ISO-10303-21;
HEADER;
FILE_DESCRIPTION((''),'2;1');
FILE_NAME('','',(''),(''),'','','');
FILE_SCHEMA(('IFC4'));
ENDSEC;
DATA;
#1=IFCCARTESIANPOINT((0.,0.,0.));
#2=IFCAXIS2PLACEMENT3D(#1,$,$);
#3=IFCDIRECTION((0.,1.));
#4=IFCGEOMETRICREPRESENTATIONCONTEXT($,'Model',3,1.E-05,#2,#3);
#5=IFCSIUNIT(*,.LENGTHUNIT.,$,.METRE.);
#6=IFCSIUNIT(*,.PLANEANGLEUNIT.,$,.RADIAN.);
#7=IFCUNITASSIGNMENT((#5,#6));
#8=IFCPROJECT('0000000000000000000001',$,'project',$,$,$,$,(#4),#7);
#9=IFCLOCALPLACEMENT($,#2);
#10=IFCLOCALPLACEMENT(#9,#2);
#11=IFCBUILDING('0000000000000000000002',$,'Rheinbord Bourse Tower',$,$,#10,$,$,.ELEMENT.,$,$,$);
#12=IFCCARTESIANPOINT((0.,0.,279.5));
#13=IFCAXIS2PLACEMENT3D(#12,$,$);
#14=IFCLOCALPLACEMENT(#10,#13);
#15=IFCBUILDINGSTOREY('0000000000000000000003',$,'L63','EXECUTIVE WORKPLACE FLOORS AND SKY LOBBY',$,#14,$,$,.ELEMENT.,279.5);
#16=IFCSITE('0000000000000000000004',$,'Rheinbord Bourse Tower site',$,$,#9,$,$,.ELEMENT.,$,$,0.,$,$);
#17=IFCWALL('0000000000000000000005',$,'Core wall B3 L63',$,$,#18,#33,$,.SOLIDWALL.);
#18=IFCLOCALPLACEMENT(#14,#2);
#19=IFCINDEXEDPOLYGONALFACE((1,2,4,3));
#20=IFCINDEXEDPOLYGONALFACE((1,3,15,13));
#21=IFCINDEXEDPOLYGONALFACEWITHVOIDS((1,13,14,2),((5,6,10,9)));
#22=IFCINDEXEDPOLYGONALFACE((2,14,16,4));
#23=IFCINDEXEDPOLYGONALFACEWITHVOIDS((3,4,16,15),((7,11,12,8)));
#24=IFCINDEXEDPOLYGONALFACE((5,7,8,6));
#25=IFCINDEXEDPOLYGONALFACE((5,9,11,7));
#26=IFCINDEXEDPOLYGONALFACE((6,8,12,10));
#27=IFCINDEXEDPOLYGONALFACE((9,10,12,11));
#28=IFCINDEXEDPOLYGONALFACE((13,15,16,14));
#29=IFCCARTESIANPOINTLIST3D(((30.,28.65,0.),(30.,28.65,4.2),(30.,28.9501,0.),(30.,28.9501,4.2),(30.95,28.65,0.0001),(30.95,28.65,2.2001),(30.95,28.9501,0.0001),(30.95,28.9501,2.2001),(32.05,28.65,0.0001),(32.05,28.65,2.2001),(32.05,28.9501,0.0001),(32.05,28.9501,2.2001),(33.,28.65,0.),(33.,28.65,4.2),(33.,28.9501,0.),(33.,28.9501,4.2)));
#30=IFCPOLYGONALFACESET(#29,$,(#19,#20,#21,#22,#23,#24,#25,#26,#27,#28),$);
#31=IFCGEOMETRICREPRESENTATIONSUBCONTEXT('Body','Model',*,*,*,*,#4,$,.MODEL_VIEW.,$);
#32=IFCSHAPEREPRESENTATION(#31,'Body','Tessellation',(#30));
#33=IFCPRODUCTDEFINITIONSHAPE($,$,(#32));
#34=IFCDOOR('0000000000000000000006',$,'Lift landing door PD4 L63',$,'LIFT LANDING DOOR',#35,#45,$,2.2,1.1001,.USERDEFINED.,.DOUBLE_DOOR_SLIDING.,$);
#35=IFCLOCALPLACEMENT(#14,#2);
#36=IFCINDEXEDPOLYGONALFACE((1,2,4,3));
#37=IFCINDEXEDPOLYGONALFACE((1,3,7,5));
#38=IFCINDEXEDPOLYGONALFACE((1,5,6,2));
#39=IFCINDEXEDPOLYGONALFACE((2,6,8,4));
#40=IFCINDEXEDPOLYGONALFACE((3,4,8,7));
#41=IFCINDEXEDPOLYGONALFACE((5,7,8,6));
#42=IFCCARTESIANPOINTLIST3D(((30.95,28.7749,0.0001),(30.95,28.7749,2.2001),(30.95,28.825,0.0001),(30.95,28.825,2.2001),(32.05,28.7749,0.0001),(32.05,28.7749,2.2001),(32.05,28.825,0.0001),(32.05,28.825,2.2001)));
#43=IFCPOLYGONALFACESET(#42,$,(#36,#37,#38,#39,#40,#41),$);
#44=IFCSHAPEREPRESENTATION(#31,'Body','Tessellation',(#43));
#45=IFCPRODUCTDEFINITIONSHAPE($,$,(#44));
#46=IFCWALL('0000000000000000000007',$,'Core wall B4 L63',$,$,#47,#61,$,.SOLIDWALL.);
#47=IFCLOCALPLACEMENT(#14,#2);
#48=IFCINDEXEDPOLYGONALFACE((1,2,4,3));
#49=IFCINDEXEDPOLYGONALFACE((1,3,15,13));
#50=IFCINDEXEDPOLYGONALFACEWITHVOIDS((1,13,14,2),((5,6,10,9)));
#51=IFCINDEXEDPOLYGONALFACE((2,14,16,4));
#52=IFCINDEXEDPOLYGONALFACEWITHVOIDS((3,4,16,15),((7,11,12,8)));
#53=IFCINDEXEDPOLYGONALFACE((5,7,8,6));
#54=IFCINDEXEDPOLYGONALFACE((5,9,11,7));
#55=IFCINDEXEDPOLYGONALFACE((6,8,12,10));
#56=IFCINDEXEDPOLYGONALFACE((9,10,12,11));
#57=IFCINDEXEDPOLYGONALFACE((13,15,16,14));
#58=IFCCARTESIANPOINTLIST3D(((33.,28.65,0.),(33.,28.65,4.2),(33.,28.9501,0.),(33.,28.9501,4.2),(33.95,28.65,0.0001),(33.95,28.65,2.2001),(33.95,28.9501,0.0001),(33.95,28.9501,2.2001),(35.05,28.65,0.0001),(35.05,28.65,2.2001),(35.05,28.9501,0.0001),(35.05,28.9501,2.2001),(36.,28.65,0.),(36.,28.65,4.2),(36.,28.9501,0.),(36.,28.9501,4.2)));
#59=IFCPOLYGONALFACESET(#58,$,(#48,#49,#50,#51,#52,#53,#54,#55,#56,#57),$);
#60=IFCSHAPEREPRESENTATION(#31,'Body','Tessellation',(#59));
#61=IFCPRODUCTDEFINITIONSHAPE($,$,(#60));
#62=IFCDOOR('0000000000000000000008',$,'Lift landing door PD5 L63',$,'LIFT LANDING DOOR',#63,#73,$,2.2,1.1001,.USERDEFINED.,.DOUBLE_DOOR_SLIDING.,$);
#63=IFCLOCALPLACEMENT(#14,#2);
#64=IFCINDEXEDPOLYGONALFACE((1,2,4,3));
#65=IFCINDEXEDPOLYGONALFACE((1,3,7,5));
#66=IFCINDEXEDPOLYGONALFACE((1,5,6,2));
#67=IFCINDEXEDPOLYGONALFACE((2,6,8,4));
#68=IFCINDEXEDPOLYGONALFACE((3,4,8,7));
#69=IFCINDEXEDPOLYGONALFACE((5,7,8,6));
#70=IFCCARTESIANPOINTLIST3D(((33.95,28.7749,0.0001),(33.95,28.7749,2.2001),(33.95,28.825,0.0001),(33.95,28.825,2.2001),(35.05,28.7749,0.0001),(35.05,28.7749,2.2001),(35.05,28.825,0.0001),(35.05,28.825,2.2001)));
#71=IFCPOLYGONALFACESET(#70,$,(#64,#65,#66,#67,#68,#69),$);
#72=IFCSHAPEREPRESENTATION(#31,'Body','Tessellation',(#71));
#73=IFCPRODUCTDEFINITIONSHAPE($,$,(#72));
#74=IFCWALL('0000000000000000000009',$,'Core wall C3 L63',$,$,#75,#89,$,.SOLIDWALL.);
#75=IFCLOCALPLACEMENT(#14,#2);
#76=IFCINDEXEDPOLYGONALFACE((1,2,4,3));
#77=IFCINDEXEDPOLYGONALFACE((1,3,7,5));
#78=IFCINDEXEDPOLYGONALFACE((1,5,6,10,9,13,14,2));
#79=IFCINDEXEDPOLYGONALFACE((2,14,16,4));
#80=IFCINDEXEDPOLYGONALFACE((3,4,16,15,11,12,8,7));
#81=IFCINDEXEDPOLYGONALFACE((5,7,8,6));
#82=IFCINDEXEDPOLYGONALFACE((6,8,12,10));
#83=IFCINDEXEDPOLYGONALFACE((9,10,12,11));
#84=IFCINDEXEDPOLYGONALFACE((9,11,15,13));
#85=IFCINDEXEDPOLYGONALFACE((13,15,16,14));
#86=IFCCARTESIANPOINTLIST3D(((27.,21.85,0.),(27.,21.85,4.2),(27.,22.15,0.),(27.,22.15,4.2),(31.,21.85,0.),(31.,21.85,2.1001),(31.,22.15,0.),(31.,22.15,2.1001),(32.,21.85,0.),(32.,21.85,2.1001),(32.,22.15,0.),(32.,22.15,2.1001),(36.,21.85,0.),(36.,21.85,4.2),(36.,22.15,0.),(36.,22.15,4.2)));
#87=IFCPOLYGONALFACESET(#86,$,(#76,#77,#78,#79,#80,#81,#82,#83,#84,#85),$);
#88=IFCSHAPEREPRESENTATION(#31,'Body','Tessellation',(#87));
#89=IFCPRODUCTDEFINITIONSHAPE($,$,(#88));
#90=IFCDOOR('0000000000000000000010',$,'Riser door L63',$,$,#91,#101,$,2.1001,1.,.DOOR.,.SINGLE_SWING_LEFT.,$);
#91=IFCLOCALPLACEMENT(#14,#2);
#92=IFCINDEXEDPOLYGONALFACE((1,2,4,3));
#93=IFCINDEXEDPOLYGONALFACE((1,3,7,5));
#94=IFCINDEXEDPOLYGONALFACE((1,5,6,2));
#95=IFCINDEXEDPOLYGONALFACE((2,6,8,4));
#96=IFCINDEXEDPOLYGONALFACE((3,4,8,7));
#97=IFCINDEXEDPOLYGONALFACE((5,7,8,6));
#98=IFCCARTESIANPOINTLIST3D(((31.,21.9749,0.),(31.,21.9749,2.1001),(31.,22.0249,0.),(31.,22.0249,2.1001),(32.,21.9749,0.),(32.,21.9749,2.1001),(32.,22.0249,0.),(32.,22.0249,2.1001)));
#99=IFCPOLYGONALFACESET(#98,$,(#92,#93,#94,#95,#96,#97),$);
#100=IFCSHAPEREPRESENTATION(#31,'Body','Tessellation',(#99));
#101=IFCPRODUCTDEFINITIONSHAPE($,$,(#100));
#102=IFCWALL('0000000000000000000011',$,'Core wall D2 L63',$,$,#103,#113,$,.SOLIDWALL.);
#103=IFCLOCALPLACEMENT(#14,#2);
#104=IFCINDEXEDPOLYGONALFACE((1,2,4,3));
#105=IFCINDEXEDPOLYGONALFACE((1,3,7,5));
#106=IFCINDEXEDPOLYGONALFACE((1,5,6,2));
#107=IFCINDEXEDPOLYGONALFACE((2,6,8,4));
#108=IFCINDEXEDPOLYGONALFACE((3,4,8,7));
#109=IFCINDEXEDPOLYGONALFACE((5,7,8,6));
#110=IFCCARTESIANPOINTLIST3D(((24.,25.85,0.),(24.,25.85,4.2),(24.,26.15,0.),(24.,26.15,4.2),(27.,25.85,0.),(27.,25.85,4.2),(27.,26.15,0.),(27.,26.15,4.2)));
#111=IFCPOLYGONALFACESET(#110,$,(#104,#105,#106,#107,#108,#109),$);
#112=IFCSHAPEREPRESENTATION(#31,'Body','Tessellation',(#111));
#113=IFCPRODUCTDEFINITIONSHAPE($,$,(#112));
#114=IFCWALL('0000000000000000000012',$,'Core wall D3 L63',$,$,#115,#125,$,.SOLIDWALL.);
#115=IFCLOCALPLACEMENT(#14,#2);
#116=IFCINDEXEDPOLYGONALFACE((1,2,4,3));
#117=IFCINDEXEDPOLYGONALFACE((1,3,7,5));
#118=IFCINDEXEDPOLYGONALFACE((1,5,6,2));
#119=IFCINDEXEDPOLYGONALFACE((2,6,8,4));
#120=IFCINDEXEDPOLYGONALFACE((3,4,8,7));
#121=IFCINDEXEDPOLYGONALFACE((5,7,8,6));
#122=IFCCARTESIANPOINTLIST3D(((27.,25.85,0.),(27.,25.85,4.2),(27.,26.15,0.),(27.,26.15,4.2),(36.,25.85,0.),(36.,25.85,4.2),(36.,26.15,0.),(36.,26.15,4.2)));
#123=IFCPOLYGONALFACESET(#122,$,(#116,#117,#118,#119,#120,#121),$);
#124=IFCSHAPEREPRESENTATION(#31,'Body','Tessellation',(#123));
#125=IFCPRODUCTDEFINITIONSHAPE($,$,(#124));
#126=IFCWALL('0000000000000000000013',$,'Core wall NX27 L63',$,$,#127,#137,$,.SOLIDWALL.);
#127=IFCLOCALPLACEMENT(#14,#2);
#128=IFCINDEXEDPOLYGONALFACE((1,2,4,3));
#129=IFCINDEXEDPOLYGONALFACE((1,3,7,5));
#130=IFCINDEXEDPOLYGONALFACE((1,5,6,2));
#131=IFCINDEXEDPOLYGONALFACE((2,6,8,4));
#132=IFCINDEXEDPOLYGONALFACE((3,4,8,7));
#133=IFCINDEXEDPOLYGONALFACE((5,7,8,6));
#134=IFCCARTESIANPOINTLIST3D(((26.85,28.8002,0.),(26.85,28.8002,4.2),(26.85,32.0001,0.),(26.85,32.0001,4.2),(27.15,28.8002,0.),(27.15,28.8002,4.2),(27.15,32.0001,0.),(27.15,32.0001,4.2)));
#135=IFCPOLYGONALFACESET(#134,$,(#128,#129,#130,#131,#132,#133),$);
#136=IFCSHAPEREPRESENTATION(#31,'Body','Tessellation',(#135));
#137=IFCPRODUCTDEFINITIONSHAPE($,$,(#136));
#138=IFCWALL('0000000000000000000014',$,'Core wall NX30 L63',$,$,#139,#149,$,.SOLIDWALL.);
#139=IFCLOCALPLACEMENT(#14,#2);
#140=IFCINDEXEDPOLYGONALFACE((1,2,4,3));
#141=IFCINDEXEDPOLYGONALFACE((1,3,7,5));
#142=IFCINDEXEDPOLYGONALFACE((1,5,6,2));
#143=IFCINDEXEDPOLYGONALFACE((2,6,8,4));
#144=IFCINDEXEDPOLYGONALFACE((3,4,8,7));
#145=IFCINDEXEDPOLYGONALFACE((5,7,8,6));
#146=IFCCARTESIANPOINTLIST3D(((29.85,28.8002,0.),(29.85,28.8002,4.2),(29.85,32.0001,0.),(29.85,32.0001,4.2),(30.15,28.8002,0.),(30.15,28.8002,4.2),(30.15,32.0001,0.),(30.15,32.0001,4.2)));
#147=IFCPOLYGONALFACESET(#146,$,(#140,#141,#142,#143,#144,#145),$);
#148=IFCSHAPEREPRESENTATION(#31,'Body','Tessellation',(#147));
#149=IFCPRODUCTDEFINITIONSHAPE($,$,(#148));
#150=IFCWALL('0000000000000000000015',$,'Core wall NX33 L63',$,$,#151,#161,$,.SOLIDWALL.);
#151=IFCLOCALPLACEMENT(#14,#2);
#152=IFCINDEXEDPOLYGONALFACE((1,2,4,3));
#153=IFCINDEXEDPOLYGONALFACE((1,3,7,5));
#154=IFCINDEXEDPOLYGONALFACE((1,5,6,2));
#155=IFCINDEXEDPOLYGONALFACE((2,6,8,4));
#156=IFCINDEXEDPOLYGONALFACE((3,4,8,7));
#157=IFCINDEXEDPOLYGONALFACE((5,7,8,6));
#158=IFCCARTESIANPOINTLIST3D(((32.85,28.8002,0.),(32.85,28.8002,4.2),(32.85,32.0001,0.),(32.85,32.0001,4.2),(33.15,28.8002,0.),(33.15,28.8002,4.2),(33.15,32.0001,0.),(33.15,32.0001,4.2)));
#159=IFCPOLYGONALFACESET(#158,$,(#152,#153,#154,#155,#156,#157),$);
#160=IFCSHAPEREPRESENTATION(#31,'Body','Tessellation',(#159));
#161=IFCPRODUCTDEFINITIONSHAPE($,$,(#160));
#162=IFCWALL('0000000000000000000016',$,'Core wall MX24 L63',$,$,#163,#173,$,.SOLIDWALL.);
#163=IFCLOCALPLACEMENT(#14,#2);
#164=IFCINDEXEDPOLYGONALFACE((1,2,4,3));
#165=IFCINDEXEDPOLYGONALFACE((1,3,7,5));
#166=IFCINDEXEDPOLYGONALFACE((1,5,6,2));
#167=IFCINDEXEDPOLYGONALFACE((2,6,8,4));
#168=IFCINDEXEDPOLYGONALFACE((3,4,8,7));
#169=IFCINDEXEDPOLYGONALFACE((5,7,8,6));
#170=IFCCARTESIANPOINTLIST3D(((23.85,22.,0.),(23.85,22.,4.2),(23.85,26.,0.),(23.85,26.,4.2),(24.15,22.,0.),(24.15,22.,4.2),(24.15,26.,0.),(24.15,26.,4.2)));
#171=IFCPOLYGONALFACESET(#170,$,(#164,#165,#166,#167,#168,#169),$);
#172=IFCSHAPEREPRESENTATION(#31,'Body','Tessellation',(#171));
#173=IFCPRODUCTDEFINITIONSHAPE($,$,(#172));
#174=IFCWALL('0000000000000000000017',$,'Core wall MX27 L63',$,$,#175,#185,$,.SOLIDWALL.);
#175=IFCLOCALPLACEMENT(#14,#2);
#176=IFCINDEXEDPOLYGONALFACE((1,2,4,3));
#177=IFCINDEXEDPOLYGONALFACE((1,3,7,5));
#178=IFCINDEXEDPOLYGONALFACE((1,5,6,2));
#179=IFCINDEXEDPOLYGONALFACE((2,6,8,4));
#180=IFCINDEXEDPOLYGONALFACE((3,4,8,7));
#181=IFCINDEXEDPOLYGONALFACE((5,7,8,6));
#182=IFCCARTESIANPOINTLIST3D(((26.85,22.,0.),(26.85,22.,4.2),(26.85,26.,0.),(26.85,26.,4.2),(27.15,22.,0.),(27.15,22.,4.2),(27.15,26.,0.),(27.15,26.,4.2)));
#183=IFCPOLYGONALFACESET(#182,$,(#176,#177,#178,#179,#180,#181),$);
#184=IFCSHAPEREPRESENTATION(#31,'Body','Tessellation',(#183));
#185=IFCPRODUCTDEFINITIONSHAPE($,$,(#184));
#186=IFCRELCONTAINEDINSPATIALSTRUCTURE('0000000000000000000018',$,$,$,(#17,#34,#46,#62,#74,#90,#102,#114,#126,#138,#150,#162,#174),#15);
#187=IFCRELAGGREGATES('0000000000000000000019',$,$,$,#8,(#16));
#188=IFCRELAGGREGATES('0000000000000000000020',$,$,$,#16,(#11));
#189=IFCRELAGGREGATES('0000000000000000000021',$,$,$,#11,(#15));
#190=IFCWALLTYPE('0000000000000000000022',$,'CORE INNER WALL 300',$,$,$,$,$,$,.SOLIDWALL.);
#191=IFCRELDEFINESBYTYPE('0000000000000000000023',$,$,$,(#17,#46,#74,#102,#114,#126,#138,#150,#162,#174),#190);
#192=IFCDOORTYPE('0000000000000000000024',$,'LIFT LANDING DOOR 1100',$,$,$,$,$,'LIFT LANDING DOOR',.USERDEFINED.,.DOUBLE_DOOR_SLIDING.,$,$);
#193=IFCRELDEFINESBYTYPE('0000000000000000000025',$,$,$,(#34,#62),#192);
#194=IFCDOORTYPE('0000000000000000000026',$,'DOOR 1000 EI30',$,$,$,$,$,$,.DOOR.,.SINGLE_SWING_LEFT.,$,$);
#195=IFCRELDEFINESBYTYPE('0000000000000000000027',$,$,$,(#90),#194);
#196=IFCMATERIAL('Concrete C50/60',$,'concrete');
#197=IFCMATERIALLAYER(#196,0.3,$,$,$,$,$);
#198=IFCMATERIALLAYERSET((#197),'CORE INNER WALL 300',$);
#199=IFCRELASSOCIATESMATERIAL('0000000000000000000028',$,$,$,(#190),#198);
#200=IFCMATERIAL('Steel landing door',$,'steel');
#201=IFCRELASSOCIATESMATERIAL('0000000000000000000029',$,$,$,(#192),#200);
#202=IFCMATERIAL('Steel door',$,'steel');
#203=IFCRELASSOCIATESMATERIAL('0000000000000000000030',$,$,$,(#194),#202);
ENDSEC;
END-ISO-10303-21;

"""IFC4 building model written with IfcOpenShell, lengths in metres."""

from ifc_helpers import new_model, si_unit, direction, frame, frame_2d, origin, place, context, subcontext, project, spatial, rectangle, extrude, material, layer, layer_set, type_object, element, fill, save


model = new_model("IFC4")

# Units and contexts
model_context = context("Model", 3, precision=1e-05, world=origin(), true_north=direction((0.0, 1.0)))
body_context = subcontext(model_context, "Body", "Model", "MODEL_VIEW")
ifc_project = project(units=[si_unit("LENGTHUNIT", "METRE"), si_unit("PLANEANGLEUNIT", "RADIAN")], contexts=[model_context])

# Site, building, storey
site_placement = place(None, origin())
site = spatial("IfcSite", under=ifc_project, at=site_placement, Name="Rheinbord Bourse Tower site", CompositionType="ELEMENT", RefElevation=0.0)
building_placement = place(site_placement, origin())
building = spatial("IfcBuilding", under=site, at=building_placement, Name="Rheinbord Bourse Tower", CompositionType="ELEMENT")
storey_placement = place(building_placement, frame((0.0, 0.0, 279.5)))
storey = spatial("IfcBuildingStorey", under=building, at=storey_placement, Name="L63", Description="EXECUTIVE WORKPLACE FLOORS AND SKY LOBBY", CompositionType="ELEMENT", Elevation=279.5)

# Walls, openings, doors
ifc_material_1 = material(Name="Concrete C50/60", Category="concrete")
ifc_layer_1 = layer(ifc_material_1, 0.3)
ifc_layer_set_1 = layer_set([ifc_layer_1], Name="CORE INNER WALL 300")
wall_type_1 = type_object("IfcWallType", Name="CORE INNER WALL 300", PredefinedType="SOLIDWALL", material=ifc_layer_set_1)
ifc_material_2 = material(Name="Steel landing door", Category="steel")
door_type_1 = type_object("IfcDoorType", Name="LIFT LANDING DOOR 1100", ElementType="LIFT LANDING DOOR", OperationType="DOUBLE_DOOR_SLIDING", PredefinedType="USERDEFINED", material=ifc_material_2)
wall_1_placement = place(storey_placement, frame((30.0, 28.8, 0.0), z_axis=(0.0, 0.0, 1.0), x_axis=(1.0, 0.0, 0.0)))
wall_1 = element("IfcWall", 1, at=wall_1_placement, inside=storey, type_object=wall_type_1, Name="Core wall B3 L63", PredefinedType="SOLIDWALL", context=body_context, shape_type="SweptSolid", body=[
    extrude(rectangle(XDim=3.0, YDim=0.3, at=frame_2d((1.5, 0.0))), origin(), (0.0, 0.0, 1.0), 4.2),
])
opening_1_placement = place(wall_1_placement, frame((0.95, 0.0, 0.0)))
opening_1 = element("IfcOpeningElement", 2, at=opening_1_placement, cuts=wall_1, PredefinedType="OPENING", context=body_context, shape_type="SweptSolid", body=[
    extrude(rectangle(XDim=1.1001, YDim=2.2, at=frame_2d((0.55, 1.1001))), frame((0.0, 0.1599, 0.0), z_axis=(0.0, -1.0, 0.0), x_axis=(1.0, 0.0, 0.0)), (0.0, 0.0, 1.0), 0.3201),
])
door_1_placement = place(opening_1_placement, origin())
door_1 = element("IfcDoor", 3, at=door_1_placement, inside=storey, type_object=door_type_1, Name="Lift landing door PD4 L63", ObjectType="LIFT LANDING DOOR", OperationType="DOUBLE_DOOR_SLIDING", OverallHeight=2.2, OverallWidth=1.1001, PredefinedType="USERDEFINED", context=body_context, shape_type="SweptSolid", body=[
    extrude(rectangle(XDim=1.1001, YDim=2.2, at=frame_2d((0.55, 1.1001))), frame((0.0, 0.0249, 0.0), z_axis=(0.0, -1.0, 0.0), x_axis=(1.0, 0.0, 0.0)), (0.0, 0.0, 1.0), 0.05),
])
fill(opening_1, door_1)
wall_2_placement = place(storey_placement, frame((33.0, 28.8, 0.0), z_axis=(0.0, 0.0, 1.0), x_axis=(1.0, 0.0, 0.0)))
wall_2 = element("IfcWall", 4, at=wall_2_placement, inside=storey, type_object=wall_type_1, Name="Core wall B4 L63", PredefinedType="SOLIDWALL", context=body_context, shape_type="SweptSolid", body=[
    extrude(rectangle(XDim=3.0, YDim=0.3, at=frame_2d((1.5, 0.0))), origin(), (0.0, 0.0, 1.0), 4.2),
])
opening_2_placement = place(wall_2_placement, frame((0.95, 0.0, 0.0)))
opening_2 = element("IfcOpeningElement", 5, at=opening_2_placement, cuts=wall_2, PredefinedType="OPENING", context=body_context, shape_type="SweptSolid", body=[
    extrude(rectangle(XDim=1.1001, YDim=2.2, at=frame_2d((0.55, 1.1001))), frame((0.0, 0.1599, 0.0), z_axis=(0.0, -1.0, 0.0), x_axis=(1.0, 0.0, 0.0)), (0.0, 0.0, 1.0), 0.3201),
])
door_2_placement = place(opening_2_placement, origin())
door_2 = element("IfcDoor", 6, at=door_2_placement, inside=storey, type_object=door_type_1, Name="Lift landing door PD5 L63", ObjectType="LIFT LANDING DOOR", OperationType="DOUBLE_DOOR_SLIDING", OverallHeight=2.2, OverallWidth=1.1001, PredefinedType="USERDEFINED", context=body_context, shape_type="SweptSolid", body=[
    extrude(rectangle(XDim=1.1001, YDim=2.2, at=frame_2d((0.55, 1.1001))), frame((0.0, 0.0249, 0.0), z_axis=(0.0, -1.0, 0.0), x_axis=(1.0, 0.0, 0.0)), (0.0, 0.0, 1.0), 0.05),
])
fill(opening_2, door_2)
wall_3_placement = place(storey_placement, frame((27.0, 22.0, 0.0), z_axis=(0.0, 0.0, 1.0), x_axis=(1.0, 0.0, 0.0)))
wall_3 = element("IfcWall", 7, at=wall_3_placement, inside=storey, type_object=wall_type_1, Name="Core wall C3 L63", PredefinedType="SOLIDWALL", context=body_context, shape_type="SweptSolid", body=[
    extrude(rectangle(XDim=9.0, YDim=0.3, at=frame_2d((4.5, 0.0))), origin(), (0.0, 0.0, 1.0), 4.2),
])
opening_3_placement = place(wall_3_placement, frame((4.0, 0.0, 0.0)))
opening_3 = element("IfcOpeningElement", 8, at=opening_3_placement, cuts=wall_3, PredefinedType="OPENING", context=body_context, shape_type="SweptSolid", body=[
    extrude(rectangle(XDim=1.0, YDim=2.1001, at=frame_2d((0.5, 1.05))), frame((0.0, 0.1599, 0.0), z_axis=(0.0, -1.0, 0.0), x_axis=(1.0, 0.0, 0.0)), (0.0, 0.0, 1.0), 0.3201),
])
ifc_material_3 = material(Name="Steel door", Category="steel")
door_type_2 = type_object("IfcDoorType", Name="DOOR 1000 EI30", OperationType="SINGLE_SWING_LEFT", PredefinedType="DOOR", material=ifc_material_3)
door_3_placement = place(opening_3_placement, origin())
door_3 = element("IfcDoor", 9, at=door_3_placement, inside=storey, type_object=door_type_2, Name="Riser door L63", OperationType="SINGLE_SWING_LEFT", OverallHeight=2.1001, OverallWidth=1.0, PredefinedType="DOOR", context=body_context, shape_type="SweptSolid", body=[
    extrude(rectangle(XDim=1.0, YDim=2.1001, at=frame_2d((0.5, 1.05))), frame((0.0, 0.0249, 0.0), z_axis=(0.0, -1.0, 0.0), x_axis=(1.0, 0.0, 0.0)), (0.0, 0.0, 1.0), 0.05),
])
fill(opening_3, door_3)

# Walls
wall_4_placement = place(storey_placement, frame((24.0, 26.0, 0.0), z_axis=(0.0, 0.0, 1.0), x_axis=(1.0, 0.0, 0.0)))
element("IfcWall", 10, at=wall_4_placement, inside=storey, type_object=wall_type_1, Name="Core wall D2 L63", PredefinedType="SOLIDWALL", context=body_context, shape_type="SweptSolid", body=[
    extrude(rectangle(XDim=3.0, YDim=0.3, at=frame_2d((1.5, 0.0))), origin(), (0.0, 0.0, 1.0), 4.2),
])
wall_5_placement = place(storey_placement, frame((27.0, 26.0, 0.0), z_axis=(0.0, 0.0, 1.0), x_axis=(1.0, 0.0, 0.0)))
element("IfcWall", 11, at=wall_5_placement, inside=storey, type_object=wall_type_1, Name="Core wall D3 L63", PredefinedType="SOLIDWALL", context=body_context, shape_type="SweptSolid", body=[
    extrude(rectangle(XDim=9.0, YDim=0.3, at=frame_2d((4.5, 0.0))), origin(), (0.0, 0.0, 1.0), 4.2),
])
for number, where, z_axis, x_axis, name in (
    (12, (27.0, 28.8, 0.0), (0.0, 0.0, 1.0), (0.0, 1.0, 0.0), "Core wall NX27 L63"),
    (13, (30.0, 28.8, 0.0), (0.0, 0.0, 1.0), (0.0, 1.0, 0.0), "Core wall NX30 L63"),
    (14, (33.0, 28.8, 0.0), (0.0, 0.0, 1.0), (0.0, 1.0, 0.0), "Core wall NX33 L63"),
):
    element("IfcWall", number, at=place(storey_placement, frame(where, z_axis=z_axis, x_axis=x_axis)), inside=storey, type_object=wall_type_1, Name=name, PredefinedType="SOLIDWALL", context=body_context, shape_type="SweptSolid", body=[
        extrude(rectangle(XDim=3.2, YDim=0.3, at=frame_2d((1.6001, 0.0))), origin(), (0.0, 0.0, 1.0), 4.2),
    ])
for number, where, z_axis, x_axis, name in (
    (15, (24.0, 22.0, 0.0), (0.0, 0.0, 1.0), (0.0, 1.0, 0.0), "Core wall MX24 L63"),
    (16, (27.0, 22.0, 0.0), (0.0, 0.0, 1.0), (0.0, 1.0, 0.0), "Core wall MX27 L63"),
):
    element("IfcWall", number, at=place(storey_placement, frame(where, z_axis=z_axis, x_axis=x_axis)), inside=storey, type_object=wall_type_1, Name=name, PredefinedType="SOLIDWALL", context=body_context, shape_type="SweptSolid", body=[
        extrude(rectangle(XDim=4.0, YDim=0.3, at=frame_2d((2.0, 0.0))), origin(), (0.0, 0.0, 1.0), 4.2),
    ])

save(model, "model.ifc")
